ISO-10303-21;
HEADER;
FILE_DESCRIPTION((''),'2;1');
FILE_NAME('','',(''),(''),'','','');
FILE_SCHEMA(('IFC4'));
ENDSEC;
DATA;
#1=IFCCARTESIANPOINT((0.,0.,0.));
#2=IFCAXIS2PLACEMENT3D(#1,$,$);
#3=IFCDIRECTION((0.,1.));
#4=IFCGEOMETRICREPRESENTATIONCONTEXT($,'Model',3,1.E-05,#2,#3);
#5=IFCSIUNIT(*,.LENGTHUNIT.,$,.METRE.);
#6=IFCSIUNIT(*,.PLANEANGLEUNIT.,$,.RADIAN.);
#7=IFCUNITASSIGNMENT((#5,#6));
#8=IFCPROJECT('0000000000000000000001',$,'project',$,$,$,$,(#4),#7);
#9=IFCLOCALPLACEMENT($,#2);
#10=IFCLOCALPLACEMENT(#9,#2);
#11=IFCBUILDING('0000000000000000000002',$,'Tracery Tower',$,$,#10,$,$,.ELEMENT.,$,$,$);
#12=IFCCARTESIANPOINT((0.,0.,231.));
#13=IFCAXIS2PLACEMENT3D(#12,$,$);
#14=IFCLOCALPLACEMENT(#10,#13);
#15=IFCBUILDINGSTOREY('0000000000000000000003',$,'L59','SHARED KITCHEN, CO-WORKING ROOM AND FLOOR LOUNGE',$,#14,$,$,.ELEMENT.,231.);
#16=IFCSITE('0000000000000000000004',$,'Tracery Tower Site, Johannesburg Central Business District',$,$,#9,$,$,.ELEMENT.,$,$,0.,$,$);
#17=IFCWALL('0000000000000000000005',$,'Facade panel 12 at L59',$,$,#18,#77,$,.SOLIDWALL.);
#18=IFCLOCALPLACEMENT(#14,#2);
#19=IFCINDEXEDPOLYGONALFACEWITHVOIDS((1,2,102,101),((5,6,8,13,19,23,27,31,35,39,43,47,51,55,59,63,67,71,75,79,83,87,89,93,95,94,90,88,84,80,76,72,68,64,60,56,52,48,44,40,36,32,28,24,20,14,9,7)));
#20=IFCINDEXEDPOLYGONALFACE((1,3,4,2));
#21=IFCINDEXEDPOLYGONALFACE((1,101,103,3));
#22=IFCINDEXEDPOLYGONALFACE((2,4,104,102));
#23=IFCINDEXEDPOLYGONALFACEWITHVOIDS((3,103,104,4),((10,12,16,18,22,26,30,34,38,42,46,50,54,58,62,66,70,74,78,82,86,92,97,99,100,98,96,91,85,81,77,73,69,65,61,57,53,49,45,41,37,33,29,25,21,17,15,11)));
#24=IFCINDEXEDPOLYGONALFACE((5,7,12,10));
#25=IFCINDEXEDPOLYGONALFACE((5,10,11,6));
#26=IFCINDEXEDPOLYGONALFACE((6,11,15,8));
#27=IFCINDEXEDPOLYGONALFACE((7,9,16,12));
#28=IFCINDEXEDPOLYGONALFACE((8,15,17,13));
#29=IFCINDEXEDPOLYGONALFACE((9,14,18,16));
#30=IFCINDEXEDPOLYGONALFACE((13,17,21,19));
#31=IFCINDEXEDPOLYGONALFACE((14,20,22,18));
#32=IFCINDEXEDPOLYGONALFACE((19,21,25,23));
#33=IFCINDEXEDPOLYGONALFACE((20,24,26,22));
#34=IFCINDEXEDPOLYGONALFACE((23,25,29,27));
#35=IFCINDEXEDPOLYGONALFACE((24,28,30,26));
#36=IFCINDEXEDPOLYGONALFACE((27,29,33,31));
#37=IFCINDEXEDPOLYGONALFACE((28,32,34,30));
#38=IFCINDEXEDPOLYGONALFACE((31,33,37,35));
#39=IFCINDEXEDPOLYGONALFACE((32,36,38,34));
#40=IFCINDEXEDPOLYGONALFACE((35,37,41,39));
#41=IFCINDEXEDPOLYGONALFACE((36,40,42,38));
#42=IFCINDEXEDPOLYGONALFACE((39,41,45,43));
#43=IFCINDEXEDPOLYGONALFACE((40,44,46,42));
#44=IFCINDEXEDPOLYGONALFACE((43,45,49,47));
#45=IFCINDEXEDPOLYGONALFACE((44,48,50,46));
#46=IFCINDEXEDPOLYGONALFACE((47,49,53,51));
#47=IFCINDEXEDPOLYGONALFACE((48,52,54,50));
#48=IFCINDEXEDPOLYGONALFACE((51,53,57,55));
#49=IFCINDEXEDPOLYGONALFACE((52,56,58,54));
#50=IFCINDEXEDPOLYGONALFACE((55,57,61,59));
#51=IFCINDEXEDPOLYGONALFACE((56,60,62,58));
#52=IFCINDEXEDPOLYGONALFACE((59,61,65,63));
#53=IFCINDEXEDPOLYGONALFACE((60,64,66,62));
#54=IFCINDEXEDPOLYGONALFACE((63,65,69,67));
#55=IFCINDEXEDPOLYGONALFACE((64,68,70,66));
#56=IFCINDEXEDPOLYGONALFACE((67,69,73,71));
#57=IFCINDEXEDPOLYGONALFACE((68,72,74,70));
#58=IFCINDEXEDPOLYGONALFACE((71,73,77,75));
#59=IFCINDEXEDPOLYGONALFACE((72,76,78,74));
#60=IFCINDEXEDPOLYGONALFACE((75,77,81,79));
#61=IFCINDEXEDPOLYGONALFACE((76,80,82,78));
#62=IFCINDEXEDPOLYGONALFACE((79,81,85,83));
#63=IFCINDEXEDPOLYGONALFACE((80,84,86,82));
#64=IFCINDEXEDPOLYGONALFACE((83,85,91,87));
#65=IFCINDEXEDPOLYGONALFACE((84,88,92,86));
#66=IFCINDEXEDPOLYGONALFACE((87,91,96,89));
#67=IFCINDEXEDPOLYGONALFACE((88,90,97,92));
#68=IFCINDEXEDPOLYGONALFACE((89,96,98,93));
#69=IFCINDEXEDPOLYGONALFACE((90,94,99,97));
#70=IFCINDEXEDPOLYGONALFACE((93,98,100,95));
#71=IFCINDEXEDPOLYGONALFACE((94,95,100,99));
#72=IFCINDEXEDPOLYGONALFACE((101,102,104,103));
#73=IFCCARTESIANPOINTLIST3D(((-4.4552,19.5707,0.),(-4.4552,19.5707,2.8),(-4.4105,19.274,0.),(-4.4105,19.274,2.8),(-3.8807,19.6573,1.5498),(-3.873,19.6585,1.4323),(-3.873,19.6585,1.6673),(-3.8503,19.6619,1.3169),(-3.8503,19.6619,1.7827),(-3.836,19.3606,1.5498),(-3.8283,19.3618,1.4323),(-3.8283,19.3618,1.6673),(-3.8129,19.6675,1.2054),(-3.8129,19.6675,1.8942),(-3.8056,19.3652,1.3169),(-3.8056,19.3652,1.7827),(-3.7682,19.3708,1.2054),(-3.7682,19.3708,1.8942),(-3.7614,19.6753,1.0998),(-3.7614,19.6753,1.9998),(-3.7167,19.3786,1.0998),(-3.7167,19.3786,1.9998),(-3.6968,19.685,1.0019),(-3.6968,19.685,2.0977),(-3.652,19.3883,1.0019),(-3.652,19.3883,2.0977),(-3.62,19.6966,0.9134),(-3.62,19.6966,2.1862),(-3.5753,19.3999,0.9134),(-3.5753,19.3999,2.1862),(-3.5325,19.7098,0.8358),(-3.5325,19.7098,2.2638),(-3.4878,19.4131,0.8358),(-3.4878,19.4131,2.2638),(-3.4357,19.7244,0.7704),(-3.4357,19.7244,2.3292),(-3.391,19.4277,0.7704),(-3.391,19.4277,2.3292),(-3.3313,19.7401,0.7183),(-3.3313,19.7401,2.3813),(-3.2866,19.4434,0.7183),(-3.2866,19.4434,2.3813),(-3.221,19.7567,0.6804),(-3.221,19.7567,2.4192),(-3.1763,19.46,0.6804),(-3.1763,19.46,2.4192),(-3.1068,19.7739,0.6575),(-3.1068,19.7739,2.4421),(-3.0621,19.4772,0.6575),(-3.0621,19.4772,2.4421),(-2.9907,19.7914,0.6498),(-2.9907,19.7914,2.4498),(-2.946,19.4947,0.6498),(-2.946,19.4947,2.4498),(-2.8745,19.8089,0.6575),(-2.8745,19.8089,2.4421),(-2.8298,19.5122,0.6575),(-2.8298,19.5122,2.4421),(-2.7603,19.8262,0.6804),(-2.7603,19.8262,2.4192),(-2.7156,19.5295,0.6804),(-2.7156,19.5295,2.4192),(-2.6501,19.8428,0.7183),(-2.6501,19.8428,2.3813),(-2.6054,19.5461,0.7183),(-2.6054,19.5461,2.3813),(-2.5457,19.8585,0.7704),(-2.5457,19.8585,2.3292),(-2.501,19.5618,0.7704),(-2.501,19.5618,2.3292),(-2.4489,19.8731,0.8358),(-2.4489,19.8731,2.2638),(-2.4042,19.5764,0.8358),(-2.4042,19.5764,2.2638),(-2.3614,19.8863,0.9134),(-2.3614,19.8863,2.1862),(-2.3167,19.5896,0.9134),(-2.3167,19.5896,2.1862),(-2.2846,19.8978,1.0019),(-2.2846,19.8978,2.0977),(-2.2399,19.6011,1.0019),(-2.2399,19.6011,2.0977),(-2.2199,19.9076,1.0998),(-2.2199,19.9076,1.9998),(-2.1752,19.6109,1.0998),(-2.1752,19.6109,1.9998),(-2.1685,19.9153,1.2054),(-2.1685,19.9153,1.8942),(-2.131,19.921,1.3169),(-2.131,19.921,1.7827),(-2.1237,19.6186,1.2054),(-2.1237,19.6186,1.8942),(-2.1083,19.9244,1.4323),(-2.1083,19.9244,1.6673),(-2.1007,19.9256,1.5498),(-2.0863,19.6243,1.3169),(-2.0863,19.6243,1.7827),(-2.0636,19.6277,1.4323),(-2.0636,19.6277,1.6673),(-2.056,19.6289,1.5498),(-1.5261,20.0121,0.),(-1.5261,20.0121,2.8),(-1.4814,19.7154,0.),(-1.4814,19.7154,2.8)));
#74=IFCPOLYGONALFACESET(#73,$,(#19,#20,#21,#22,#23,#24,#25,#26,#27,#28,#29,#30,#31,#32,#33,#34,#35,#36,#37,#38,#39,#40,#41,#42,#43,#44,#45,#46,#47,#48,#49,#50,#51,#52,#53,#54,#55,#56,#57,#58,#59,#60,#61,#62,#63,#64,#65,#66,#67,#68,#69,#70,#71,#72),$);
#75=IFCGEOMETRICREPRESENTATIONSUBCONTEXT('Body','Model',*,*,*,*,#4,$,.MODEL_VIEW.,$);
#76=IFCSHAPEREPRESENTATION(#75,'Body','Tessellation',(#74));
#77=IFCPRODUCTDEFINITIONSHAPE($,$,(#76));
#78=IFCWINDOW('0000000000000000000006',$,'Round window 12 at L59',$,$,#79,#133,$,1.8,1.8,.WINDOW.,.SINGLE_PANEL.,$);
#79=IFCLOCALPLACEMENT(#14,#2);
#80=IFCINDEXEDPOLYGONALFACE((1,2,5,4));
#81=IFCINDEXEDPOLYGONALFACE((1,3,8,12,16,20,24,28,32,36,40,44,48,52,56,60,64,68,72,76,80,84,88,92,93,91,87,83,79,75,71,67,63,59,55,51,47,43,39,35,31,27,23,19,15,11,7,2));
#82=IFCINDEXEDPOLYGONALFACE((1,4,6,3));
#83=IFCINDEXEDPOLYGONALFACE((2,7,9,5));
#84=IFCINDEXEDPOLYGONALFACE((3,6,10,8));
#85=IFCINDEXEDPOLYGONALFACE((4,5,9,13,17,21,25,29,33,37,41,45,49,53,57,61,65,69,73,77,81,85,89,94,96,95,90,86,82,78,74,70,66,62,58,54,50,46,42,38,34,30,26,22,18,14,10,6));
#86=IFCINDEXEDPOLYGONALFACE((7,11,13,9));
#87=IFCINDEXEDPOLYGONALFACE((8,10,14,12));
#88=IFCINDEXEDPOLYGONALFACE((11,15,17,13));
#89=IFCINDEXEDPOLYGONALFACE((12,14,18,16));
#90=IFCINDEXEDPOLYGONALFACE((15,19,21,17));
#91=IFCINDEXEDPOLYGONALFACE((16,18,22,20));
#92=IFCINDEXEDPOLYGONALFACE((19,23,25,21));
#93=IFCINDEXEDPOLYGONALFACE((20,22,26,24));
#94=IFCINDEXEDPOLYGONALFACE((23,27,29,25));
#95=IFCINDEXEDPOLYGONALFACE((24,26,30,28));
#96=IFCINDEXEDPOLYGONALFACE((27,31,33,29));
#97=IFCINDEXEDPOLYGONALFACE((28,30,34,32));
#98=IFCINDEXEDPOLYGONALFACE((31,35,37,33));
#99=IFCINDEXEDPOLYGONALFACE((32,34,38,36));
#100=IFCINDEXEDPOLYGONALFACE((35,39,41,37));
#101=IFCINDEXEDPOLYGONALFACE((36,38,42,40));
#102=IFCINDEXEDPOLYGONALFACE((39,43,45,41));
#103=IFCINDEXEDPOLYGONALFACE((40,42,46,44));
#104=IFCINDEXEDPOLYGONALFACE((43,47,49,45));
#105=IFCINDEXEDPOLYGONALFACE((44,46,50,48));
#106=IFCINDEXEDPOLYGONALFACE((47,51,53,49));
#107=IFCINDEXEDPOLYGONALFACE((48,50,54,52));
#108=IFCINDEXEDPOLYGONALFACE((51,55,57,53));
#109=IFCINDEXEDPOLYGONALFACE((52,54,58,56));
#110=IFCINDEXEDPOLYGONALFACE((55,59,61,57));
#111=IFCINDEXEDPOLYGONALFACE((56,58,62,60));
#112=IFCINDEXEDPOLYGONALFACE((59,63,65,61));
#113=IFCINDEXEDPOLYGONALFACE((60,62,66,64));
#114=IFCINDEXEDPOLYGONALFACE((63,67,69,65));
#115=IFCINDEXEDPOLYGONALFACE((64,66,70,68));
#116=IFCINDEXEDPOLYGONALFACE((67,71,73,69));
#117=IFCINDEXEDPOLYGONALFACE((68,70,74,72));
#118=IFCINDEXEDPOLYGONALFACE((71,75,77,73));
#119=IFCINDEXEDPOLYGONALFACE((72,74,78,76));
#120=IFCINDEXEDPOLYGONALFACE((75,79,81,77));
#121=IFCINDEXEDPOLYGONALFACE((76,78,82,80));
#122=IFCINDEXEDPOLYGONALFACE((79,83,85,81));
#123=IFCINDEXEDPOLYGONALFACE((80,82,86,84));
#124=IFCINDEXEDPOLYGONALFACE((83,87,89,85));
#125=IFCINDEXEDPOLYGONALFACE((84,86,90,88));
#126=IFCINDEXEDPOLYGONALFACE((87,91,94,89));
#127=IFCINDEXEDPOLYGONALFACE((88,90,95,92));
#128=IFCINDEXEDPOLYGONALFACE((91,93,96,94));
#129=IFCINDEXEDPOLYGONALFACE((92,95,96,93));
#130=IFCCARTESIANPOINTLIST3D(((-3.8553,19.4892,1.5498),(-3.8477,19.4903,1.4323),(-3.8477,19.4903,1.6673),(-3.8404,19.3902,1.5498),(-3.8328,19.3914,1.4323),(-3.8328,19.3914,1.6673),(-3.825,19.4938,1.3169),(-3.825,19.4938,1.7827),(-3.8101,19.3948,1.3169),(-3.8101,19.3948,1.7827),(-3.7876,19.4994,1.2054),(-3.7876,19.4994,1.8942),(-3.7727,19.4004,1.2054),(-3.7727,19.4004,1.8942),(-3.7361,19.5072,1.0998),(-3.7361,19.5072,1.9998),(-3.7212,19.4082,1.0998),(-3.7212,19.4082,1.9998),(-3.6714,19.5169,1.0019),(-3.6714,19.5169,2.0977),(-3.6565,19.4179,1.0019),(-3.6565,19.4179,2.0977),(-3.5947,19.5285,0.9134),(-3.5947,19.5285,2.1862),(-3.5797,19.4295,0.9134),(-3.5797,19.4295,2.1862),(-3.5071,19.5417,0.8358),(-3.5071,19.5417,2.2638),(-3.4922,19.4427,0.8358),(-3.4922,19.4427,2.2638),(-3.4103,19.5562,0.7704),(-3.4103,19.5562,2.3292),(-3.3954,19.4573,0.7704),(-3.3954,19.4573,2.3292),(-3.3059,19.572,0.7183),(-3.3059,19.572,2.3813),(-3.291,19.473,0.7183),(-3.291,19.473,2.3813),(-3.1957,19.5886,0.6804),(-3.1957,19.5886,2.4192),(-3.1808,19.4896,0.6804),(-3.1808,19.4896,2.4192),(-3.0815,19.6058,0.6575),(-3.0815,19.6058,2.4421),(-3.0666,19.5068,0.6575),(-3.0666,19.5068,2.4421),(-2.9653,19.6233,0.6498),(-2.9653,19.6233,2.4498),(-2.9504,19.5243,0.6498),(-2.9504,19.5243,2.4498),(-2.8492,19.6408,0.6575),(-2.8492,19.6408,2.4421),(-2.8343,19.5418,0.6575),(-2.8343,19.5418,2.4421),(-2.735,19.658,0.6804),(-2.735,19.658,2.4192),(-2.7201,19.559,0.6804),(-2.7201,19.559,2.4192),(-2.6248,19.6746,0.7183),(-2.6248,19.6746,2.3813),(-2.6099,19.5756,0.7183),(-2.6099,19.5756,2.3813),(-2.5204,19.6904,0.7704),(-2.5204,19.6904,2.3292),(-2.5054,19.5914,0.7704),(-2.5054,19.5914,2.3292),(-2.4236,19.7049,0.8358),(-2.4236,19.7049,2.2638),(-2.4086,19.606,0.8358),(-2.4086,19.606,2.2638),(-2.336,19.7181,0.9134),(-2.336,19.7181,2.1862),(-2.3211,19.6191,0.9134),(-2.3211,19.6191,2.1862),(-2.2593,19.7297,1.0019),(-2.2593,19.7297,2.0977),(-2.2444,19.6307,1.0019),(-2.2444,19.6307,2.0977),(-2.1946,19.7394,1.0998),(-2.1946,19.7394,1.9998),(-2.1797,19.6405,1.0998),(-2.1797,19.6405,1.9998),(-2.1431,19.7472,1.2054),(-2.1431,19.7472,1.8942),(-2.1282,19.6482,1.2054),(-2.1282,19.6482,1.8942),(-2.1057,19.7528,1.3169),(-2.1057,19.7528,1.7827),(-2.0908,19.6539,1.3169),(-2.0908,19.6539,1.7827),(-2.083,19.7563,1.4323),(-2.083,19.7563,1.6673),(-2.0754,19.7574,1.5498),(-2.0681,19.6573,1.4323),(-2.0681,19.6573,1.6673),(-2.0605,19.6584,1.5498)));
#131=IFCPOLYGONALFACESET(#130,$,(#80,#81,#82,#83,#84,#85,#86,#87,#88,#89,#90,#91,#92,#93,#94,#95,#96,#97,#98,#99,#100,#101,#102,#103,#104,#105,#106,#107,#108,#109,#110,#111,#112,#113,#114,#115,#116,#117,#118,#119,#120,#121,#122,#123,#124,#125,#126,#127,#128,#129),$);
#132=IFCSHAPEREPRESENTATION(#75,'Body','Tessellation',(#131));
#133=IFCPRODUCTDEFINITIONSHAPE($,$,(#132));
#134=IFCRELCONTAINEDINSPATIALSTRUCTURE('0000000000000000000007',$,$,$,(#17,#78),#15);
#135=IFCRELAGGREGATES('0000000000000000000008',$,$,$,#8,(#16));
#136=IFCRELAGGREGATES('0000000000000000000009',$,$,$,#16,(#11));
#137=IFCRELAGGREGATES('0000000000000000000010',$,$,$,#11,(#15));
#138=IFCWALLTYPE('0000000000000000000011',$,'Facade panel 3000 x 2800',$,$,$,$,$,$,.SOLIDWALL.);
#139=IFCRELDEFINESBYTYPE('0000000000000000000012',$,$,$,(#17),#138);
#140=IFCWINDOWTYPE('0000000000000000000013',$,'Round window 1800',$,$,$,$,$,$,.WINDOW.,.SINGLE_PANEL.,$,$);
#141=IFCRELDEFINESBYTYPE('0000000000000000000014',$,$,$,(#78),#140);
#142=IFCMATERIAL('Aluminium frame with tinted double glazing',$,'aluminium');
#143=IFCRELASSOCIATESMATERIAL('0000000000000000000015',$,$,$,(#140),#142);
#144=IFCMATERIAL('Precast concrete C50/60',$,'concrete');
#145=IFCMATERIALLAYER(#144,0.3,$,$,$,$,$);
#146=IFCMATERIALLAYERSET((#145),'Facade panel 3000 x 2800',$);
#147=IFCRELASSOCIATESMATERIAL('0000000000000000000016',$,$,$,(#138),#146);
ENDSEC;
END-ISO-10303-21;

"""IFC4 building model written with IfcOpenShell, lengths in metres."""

from ifc_helpers import new_model, si_unit, direction, frame, frame_2d, origin, origin_2d, place, context, subcontext, project, spatial, rectangle, circle, extrude, material, layer, layer_set, type_object, element, fill, save


model = new_model("IFC4")

# Units and contexts
model_context = context("Model", 3, precision=1e-05, world=origin(), true_north=direction((0.0, 1.0)))
body_context = subcontext(model_context, "Body", "Model", "MODEL_VIEW")
ifc_project = project(units=[si_unit("LENGTHUNIT", "METRE"), si_unit("PLANEANGLEUNIT", "RADIAN")], contexts=[model_context])

# Site, building, storey
site_placement = place(None, origin())
site = spatial("IfcSite", under=ifc_project, at=site_placement, Name="Tracery Tower Site, Johannesburg Central Business District", CompositionType="ELEMENT", RefElevation=0.0)
building_placement = place(site_placement, origin())
building = spatial("IfcBuilding", under=site, at=building_placement, Name="Tracery Tower", CompositionType="ELEMENT")
storey_placement = place(building_placement, frame((0.0, 0.0, 231.0)))
storey = spatial("IfcBuildingStorey", under=building, at=storey_placement, Name="L59", Description="SHARED KITCHEN, CO-WORKING ROOM AND FLOOR LOUNGE", CompositionType="ELEMENT", Elevation=231.0)

# Wall, opening, window
ifc_material_1 = material(Name="Aluminium frame with tinted double glazing", Category="aluminium")
window_type = type_object("IfcWindowType", Name="Round window 1800", PartitioningType="SINGLE_PANEL", PredefinedType="WINDOW", material=ifc_material_1)
ifc_material_2 = material(Name="Precast concrete C50/60", Category="concrete")
ifc_layer_1 = layer(ifc_material_2, 0.3)
ifc_layer_set_1 = layer_set([ifc_layer_1], Name="Facade panel 3000 x 2800")
wall_type_1 = type_object("IfcWallType", Name="Facade panel 3000 x 2800", PredefinedType="SOLIDWALL", material=ifc_layer_set_1)
wall_1_placement = place(storey_placement, frame((-1.5039, 19.8638, 0.0), z_axis=(0.0, 0.0, 1.0), x_axis=(-0.988836, -0.149009, 0.0)))
wall_1 = element("IfcWall", 1, at=wall_1_placement, inside=storey, type_object=wall_type_1, Name="Facade panel 12 at L59", PredefinedType="SOLIDWALL", context=body_context, shape_type="SweptSolid", body=[
    extrude(rectangle(XDim=2.9622, YDim=0.3, at=frame_2d((1.481, 0.0))), origin(), (0.0, 0.0, 1.0), 2.8),
])
opening_1_placement = place(wall_1_placement, frame((1.481, 0.0, 1.5498)))
opening_1 = element("IfcOpeningElement", 2, at=opening_1_placement, cuts=wall_1, PredefinedType="OPENING", context=body_context, shape_type="SweptSolid", body=[
    extrude(circle(Radius=0.9, at=origin_2d()), frame((0.0, 0.1599, 0.0), z_axis=(0.0, -1.0, 0.0), x_axis=(1.0, 0.0, 0.0)), (0.0, 0.0, 1.0), 0.3201),
])
window_1_placement = place(opening_1_placement, origin())
window_1 = element("IfcWindow", 3, at=window_1_placement, inside=storey, type_object=window_type, Name="Round window 12 at L59", OverallHeight=1.8, OverallWidth=1.8, PartitioningType="SINGLE_PANEL", PredefinedType="WINDOW", context=body_context, shape_type="SweptSolid", body=[
    extrude(circle(Radius=0.9, at=origin_2d()), frame((0.0, 0.1201, 0.0), z_axis=(0.0, -1.0, 0.0), x_axis=(1.0, 0.0, 0.0)), (0.0, 0.0, 1.0), 0.1001),
])
fill(opening_1, window_1)

save(model, "model.ifc")
